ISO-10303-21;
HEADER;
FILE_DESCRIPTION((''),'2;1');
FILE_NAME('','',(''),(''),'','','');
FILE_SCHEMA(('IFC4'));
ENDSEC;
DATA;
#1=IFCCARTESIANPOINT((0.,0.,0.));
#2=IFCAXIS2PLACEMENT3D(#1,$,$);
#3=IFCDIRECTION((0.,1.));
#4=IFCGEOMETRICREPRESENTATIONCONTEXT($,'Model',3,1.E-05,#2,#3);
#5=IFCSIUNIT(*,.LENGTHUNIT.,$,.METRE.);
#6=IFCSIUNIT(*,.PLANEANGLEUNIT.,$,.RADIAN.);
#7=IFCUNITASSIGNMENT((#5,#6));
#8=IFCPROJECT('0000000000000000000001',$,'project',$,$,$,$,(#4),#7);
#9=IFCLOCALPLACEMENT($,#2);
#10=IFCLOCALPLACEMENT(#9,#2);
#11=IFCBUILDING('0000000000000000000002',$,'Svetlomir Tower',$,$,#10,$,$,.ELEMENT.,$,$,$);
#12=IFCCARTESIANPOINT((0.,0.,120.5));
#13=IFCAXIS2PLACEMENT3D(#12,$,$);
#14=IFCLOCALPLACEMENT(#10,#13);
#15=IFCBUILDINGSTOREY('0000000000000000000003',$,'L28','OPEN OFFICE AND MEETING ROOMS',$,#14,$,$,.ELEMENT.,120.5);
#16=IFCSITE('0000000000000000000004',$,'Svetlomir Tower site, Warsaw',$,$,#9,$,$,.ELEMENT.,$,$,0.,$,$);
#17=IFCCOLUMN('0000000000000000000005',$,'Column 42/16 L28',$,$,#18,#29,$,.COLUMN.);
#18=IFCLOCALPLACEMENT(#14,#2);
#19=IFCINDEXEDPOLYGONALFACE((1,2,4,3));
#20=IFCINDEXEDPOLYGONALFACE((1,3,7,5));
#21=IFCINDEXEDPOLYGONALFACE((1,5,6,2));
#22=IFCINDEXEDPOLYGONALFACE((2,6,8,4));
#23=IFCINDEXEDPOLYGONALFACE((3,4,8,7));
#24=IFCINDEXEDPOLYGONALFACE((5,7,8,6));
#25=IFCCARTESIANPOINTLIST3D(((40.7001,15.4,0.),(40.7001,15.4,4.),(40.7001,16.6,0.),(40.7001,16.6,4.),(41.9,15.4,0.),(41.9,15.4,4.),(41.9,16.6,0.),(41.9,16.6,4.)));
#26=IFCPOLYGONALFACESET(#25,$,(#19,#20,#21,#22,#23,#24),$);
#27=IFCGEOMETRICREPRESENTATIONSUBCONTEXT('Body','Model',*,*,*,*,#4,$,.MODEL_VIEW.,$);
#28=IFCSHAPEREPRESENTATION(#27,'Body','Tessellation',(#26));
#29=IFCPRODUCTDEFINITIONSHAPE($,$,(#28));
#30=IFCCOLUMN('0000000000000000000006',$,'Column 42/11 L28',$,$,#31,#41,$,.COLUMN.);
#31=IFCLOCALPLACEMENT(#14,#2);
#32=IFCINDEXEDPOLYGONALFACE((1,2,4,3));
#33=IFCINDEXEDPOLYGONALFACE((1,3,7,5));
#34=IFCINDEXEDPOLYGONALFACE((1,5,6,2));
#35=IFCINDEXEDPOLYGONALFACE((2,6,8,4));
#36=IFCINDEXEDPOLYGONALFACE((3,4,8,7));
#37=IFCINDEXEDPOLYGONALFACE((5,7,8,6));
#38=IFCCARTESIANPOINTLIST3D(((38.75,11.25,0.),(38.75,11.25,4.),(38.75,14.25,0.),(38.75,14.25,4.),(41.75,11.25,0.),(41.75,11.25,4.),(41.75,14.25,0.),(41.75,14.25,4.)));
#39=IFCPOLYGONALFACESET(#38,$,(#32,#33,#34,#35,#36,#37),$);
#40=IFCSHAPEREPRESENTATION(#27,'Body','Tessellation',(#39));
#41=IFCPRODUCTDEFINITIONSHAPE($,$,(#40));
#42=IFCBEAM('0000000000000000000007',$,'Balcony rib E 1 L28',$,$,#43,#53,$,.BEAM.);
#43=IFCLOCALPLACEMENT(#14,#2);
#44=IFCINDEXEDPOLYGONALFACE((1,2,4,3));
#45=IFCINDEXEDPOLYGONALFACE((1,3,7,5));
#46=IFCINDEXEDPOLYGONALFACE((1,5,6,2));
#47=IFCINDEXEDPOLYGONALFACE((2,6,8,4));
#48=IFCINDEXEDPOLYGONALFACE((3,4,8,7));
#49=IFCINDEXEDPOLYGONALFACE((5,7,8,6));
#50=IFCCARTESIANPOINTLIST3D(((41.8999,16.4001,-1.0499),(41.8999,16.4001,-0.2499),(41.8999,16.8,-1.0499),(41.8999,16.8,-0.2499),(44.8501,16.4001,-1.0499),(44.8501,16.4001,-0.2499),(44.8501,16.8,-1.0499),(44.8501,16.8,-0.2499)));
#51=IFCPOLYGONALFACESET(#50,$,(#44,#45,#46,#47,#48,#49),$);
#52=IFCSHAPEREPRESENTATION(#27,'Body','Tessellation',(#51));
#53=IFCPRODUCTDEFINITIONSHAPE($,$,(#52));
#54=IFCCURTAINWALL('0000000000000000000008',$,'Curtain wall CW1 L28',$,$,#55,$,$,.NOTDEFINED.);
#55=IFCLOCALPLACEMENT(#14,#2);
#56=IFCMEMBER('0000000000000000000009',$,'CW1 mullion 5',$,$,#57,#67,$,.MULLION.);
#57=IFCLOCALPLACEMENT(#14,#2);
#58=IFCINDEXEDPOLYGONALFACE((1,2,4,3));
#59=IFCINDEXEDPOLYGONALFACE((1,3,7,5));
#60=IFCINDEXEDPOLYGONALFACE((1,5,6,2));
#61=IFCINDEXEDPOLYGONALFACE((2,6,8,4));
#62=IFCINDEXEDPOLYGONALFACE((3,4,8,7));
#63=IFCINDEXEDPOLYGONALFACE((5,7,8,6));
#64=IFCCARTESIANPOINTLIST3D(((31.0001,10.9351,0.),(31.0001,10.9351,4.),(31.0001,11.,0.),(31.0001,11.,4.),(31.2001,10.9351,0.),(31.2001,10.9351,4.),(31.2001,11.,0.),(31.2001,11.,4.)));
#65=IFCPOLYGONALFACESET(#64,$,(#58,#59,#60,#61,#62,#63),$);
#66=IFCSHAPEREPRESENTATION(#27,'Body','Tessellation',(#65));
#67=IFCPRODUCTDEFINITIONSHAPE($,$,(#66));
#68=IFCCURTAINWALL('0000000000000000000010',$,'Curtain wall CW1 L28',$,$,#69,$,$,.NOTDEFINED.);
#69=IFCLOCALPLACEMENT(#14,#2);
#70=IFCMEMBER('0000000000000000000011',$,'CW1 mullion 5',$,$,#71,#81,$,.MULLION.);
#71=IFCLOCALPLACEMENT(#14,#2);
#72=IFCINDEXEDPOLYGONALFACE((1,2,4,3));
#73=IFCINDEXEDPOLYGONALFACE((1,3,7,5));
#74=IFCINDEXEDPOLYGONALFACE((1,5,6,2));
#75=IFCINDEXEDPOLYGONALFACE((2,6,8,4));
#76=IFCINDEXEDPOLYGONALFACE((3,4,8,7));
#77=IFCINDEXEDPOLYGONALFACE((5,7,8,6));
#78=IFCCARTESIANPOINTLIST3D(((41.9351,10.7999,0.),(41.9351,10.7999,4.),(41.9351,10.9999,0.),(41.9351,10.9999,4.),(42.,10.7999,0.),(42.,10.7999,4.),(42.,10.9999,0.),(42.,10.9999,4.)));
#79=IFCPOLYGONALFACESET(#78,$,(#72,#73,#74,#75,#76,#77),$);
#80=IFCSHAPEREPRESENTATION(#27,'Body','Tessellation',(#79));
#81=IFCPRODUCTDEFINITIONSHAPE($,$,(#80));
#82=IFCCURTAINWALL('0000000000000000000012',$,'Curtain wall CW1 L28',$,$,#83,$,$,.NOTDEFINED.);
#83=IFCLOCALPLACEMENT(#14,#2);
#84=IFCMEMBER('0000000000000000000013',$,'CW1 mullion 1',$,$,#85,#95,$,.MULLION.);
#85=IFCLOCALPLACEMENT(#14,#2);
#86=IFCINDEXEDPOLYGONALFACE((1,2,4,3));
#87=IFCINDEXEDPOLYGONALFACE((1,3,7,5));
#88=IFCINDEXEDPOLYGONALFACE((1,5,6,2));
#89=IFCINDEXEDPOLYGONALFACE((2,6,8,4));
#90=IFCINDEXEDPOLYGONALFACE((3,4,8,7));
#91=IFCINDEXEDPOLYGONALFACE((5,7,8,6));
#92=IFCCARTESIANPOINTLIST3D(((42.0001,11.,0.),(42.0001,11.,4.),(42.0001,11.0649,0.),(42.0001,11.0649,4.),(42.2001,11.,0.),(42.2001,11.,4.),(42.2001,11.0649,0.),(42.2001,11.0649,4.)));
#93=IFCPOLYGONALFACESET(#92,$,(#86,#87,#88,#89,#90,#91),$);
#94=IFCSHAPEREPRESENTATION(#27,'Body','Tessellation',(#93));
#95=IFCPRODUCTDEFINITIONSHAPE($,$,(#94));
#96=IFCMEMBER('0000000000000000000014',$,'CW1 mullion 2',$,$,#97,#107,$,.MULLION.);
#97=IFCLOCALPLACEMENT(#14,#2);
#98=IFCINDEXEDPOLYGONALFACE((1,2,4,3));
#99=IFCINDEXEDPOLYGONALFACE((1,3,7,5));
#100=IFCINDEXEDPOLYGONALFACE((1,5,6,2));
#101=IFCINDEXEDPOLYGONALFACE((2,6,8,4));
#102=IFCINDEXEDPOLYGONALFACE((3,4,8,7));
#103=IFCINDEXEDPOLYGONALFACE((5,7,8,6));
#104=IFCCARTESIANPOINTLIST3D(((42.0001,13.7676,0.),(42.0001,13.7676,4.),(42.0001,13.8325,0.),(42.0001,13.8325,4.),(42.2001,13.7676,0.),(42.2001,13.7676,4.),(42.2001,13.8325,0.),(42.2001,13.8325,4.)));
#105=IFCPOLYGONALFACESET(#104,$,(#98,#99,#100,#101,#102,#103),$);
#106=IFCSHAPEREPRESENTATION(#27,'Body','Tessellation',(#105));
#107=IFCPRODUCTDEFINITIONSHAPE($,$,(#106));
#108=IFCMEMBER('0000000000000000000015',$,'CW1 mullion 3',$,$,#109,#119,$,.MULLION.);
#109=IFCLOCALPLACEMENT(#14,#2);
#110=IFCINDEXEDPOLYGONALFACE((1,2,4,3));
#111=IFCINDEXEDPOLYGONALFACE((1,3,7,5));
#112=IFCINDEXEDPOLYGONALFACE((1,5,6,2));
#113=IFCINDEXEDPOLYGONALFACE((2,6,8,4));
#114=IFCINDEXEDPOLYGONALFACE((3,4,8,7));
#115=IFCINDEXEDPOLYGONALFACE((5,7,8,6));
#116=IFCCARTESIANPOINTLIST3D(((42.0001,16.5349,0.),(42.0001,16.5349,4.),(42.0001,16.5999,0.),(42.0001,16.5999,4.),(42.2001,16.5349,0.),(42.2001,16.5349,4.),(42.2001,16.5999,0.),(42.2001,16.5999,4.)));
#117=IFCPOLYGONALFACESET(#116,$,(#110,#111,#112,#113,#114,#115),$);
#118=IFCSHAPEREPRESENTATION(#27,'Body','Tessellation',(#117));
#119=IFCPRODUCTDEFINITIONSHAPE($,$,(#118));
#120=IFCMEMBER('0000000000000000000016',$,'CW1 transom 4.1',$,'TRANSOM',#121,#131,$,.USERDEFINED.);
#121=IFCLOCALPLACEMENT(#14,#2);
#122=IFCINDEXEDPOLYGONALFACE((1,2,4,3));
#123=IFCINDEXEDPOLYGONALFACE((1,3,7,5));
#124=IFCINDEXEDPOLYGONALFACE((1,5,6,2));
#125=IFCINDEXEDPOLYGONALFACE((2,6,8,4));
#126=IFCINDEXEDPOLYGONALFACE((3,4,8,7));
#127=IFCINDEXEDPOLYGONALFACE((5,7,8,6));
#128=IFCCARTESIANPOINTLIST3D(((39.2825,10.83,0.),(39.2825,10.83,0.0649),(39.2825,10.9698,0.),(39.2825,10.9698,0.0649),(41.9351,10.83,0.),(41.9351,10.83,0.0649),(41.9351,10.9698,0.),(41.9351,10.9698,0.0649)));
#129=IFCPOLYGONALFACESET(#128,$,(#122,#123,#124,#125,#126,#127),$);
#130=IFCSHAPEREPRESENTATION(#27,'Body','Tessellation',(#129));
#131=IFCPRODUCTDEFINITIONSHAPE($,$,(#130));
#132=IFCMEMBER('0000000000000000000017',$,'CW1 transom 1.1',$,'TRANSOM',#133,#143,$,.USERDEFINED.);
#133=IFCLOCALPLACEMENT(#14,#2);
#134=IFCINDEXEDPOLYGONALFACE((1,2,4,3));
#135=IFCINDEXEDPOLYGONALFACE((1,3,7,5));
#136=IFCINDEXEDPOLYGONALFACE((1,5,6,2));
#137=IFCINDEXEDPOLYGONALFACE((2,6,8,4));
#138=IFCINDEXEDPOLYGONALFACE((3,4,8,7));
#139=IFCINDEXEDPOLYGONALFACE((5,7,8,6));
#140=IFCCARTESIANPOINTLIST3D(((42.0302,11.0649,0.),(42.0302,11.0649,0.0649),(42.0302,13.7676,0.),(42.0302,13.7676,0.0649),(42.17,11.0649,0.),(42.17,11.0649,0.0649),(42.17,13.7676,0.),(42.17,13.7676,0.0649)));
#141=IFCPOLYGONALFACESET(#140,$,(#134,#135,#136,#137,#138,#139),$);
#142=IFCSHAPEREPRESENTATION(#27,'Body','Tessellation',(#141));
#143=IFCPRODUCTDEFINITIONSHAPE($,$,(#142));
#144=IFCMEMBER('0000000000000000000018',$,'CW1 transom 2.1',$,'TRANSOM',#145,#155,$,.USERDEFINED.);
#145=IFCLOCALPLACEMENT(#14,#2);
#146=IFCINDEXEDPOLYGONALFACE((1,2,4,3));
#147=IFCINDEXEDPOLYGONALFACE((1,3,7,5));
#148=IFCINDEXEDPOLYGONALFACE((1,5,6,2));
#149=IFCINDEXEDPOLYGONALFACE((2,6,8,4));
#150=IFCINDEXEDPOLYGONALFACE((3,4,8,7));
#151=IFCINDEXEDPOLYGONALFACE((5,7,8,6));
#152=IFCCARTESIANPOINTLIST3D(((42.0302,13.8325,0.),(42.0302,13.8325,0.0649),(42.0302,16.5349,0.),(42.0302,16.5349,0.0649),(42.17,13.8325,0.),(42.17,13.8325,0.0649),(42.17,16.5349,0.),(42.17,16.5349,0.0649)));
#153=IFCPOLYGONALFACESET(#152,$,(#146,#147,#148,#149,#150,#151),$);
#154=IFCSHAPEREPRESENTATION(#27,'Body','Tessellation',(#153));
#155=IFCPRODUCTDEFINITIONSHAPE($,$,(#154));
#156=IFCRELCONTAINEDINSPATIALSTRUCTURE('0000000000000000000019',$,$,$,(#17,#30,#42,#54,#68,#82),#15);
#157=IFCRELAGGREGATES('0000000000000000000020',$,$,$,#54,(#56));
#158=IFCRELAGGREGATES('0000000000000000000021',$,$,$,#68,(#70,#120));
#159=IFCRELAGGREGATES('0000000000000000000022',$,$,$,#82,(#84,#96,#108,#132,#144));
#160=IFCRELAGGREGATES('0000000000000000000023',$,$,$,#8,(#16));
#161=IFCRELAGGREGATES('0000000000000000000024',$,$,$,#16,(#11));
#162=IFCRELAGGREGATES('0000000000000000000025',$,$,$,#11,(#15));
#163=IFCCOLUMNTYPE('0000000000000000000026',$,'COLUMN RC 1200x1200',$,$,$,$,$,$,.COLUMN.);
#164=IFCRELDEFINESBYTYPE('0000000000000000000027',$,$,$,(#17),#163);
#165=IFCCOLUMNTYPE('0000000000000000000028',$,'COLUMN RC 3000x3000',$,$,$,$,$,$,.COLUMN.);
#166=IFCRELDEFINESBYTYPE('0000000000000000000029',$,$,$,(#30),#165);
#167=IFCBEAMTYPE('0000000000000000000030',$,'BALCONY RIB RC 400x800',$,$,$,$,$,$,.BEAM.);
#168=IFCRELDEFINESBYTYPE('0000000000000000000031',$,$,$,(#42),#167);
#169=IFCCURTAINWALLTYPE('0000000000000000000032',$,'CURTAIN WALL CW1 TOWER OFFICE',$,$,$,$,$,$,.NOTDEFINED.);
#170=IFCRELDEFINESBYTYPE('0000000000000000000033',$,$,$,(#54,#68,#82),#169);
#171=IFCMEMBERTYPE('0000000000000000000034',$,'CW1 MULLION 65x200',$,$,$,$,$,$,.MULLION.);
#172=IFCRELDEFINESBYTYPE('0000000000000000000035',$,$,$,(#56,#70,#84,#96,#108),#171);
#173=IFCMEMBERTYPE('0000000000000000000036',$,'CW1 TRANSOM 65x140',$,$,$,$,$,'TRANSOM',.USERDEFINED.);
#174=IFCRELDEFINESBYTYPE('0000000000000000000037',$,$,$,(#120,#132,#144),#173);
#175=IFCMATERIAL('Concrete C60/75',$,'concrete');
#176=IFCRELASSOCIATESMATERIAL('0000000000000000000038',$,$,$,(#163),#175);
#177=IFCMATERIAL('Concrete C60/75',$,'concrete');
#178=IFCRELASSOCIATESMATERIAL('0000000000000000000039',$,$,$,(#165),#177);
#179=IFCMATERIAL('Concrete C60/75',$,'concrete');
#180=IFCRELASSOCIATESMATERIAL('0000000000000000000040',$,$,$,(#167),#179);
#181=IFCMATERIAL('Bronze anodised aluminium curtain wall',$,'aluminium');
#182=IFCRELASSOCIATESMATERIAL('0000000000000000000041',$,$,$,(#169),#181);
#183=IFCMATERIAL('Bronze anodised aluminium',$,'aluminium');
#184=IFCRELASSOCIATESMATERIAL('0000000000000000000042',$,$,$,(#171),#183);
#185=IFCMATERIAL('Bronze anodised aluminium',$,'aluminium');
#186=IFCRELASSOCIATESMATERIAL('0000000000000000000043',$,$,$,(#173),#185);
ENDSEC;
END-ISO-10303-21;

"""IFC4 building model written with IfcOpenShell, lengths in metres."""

from ifc_helpers import new_model, si_unit, direction, frame, origin, origin_2d, place, context, subcontext, project, spatial, rectangle, extrude, material, material_profile, profile_set, type_object, element, aggregate, save


model = new_model("IFC4")

# Units and contexts
model_context = context("Model", 3, precision=1e-05, world=origin(), true_north=direction((0.0, 1.0)))
body_context = subcontext(model_context, "Body", "Model", "MODEL_VIEW")
ifc_project = project(units=[si_unit("LENGTHUNIT", "METRE"), si_unit("PLANEANGLEUNIT", "RADIAN")], contexts=[model_context])

# Site, building, storey
site_placement = place(None, origin())
site = spatial("IfcSite", under=ifc_project, at=site_placement, Name="Svetlomir Tower site, Warsaw", CompositionType="ELEMENT", RefElevation=0.0)
building_placement = place(site_placement, origin())
building = spatial("IfcBuilding", under=site, at=building_placement, Name="Svetlomir Tower", CompositionType="ELEMENT")
storey_placement = place(building_placement, frame((0.0, 0.0, 120.5)))
storey = spatial("IfcBuildingStorey", under=building, at=storey_placement, Name="L28", Description="OPEN OFFICE AND MEETING ROOMS", CompositionType="ELEMENT", Elevation=120.5)

# Columns
ifc_material_1 = material(Name="Concrete C60/75", Category="concrete")
ifc_material_profile_1 = material_profile(ifc_material_1, rectangle(XDim=1.2, YDim=1.2, at=origin_2d()), Name="RC 1200x1200")
ifc_profile_set_1 = profile_set([ifc_material_profile_1], Name="Concrete C60/75")
column_type_1 = type_object("IfcColumnType", Name="COLUMN RC 1200x1200", PredefinedType="COLUMN", material=ifc_profile_set_1)
column_1_placement = place(storey_placement, frame((41.3, 16.0, 0.0), z_axis=(0.0, 0.0, 1.0), x_axis=(1.0, 0.0, 0.0)))
element("IfcColumn", 1, at=column_1_placement, inside=storey, type_object=column_type_1, Name="Column 42/16 L28", PredefinedType="COLUMN", context=body_context, shape_type="SweptSolid", body=[
    extrude(rectangle(XDim=1.2, YDim=1.2, at=origin_2d()), origin(), (0.0, 0.0, 1.0), 4.0),
])
ifc_material_2 = material(Name="Concrete C60/75", Category="concrete")
ifc_material_profile_2 = material_profile(ifc_material_2, rectangle(XDim=3.0, YDim=3.0, at=origin_2d()), Name="RC 3000x3000")
ifc_profile_set_2 = profile_set([ifc_material_profile_2], Name="Concrete C60/75")
column_type_2 = type_object("IfcColumnType", Name="COLUMN RC 3000x3000", PredefinedType="COLUMN", material=ifc_profile_set_2)
column_2_placement = place(storey_placement, frame((40.25, 12.75, 0.0), z_axis=(0.0, 0.0, 1.0), x_axis=(1.0, 0.0, 0.0)))
element("IfcColumn", 2, at=column_2_placement, inside=storey, type_object=column_type_2, Name="Column 42/11 L28", PredefinedType="COLUMN", context=body_context, shape_type="SweptSolid", body=[
    extrude(rectangle(XDim=3.0, YDim=3.0, at=origin_2d()), origin(), (0.0, 0.0, 1.0), 4.0),
])

# Beam
ifc_material_3 = material(Name="Concrete C60/75", Category="concrete")
ifc_material_profile_3 = material_profile(ifc_material_3, rectangle(XDim=0.3999, YDim=0.8, at=origin_2d()), Name="RC 400x800")
ifc_profile_set_3 = profile_set([ifc_material_profile_3], Name="Concrete C60/75")
beam_type_1 = type_object("IfcBeamType", Name="BALCONY RIB RC 400x800", PredefinedType="BEAM", material=ifc_profile_set_3)
beam_1_placement = place(storey_placement, frame((41.8999, 16.6001, -0.6499), z_axis=(1.0, 0.0, 0.0), x_axis=(0.0, 1.0, 0.0)))
element("IfcBeam", 3, at=beam_1_placement, inside=storey, type_object=beam_type_1, Name="Balcony rib E 1 L28", PredefinedType="BEAM", context=body_context, shape_type="SweptSolid", body=[
    extrude(rectangle(XDim=0.3999, YDim=0.8, at=origin_2d()), origin(), (0.0, 0.0, 1.0), 2.9502),
])

# Curtain walls, members
ifc_material_4 = material(Name="Bronze anodised aluminium curtain wall", Category="aluminium")
curtain_wall_type = type_object("IfcCurtainWallType", Name="CURTAIN WALL CW1 TOWER OFFICE", PredefinedType="NOTDEFINED", material=ifc_material_4)
curtain_wall_1_placement = place(storey_placement, origin())
curtain_wall_1 = element("IfcCurtainWall", 4, at=curtain_wall_1_placement, inside=storey, type_object=curtain_wall_type, Name="Curtain wall CW1 L28", PredefinedType="NOTDEFINED")
ifc_material_5 = material(Name="Bronze anodised aluminium", Category="aluminium")
ifc_material_profile_4 = material_profile(ifc_material_5, rectangle(XDim=0.0649, YDim=0.2, at=origin_2d()), Name="AL 65x200")
ifc_profile_set_4 = profile_set([ifc_material_profile_4], Name="Bronze anodised aluminium 6063-T6")
member_type_1 = type_object("IfcMemberType", Name="CW1 MULLION 65x200", PredefinedType="MULLION", material=ifc_profile_set_4)
member_1_placement = place(storey_placement, frame((31.1001, 10.9675, 0.0), z_axis=(0.0, 0.0, 1.0), x_axis=(0.0, 1.0, 0.0)))
member_1 = element("IfcMember", 5, at=member_1_placement, type_object=member_type_1, Name="CW1 mullion 5", PredefinedType="MULLION", context=body_context, shape_type="SweptSolid", body=[
    extrude(rectangle(XDim=0.0649, YDim=0.2, at=origin_2d()), origin(), (0.0, 0.0, 1.0), 4.0),
])
aggregate(curtain_wall_1, [member_1])
curtain_wall_2_placement = place(storey_placement, origin())
curtain_wall_2 = element("IfcCurtainWall", 6, at=curtain_wall_2_placement, inside=storey, type_object=curtain_wall_type, Name="Curtain wall CW1 L28", PredefinedType="NOTDEFINED")
member_2_placement = place(storey_placement, frame((41.9675, 10.8999, 0.0), z_axis=(0.0, 0.0, 1.0), x_axis=(1.0, 0.0, 0.0)))
member_2 = element("IfcMember", 7, at=member_2_placement, type_object=member_type_1, Name="CW1 mullion 5", PredefinedType="MULLION", context=body_context, shape_type="SweptSolid", body=[
    extrude(rectangle(XDim=0.0649, YDim=0.2, at=origin_2d()), origin(), (0.0, 0.0, 1.0), 4.0),
])

# Curtain wall, members
curtain_wall_3_placement = place(storey_placement, origin())
curtain_wall_3 = element("IfcCurtainWall", 8, at=curtain_wall_3_placement, inside=storey, type_object=curtain_wall_type, Name="Curtain wall CW1 L28", PredefinedType="NOTDEFINED")
member_3_placement = place(storey_placement, frame((42.1001, 11.0325, 0.0), z_axis=(0.0, 0.0, 1.0), x_axis=(0.0, 1.0, 0.0)))
member_3 = element("IfcMember", 9, at=member_3_placement, type_object=member_type_1, Name="CW1 mullion 1", PredefinedType="MULLION", context=body_context, shape_type="SweptSolid", body=[
    extrude(rectangle(XDim=0.0649, YDim=0.2, at=origin_2d()), origin(), (0.0, 0.0, 1.0), 4.0),
])
member_4_placement = place(storey_placement, frame((42.1001, 13.8, 0.0), z_axis=(0.0, 0.0, 1.0), x_axis=(0.0, 1.0, 0.0)))
member_4 = element("IfcMember", 10, at=member_4_placement, type_object=member_type_1, Name="CW1 mullion 2", PredefinedType="MULLION", context=body_context, shape_type="SweptSolid", body=[
    extrude(rectangle(XDim=0.0649, YDim=0.2, at=origin_2d()), origin(), (0.0, 0.0, 1.0), 4.0),
])
member_5_placement = place(storey_placement, frame((42.1001, 16.5674, 0.0), z_axis=(0.0, 0.0, 1.0), x_axis=(0.0, 1.0, 0.0)))
member_5 = element("IfcMember", 11, at=member_5_placement, type_object=member_type_1, Name="CW1 mullion 3", PredefinedType="MULLION", context=body_context, shape_type="SweptSolid", body=[
    extrude(rectangle(XDim=0.0649, YDim=0.2, at=origin_2d()), origin(), (0.0, 0.0, 1.0), 4.0),
])

# Members
ifc_material_6 = material(Name="Bronze anodised aluminium", Category="aluminium")
ifc_material_profile_5 = material_profile(ifc_material_6, rectangle(XDim=0.1399, YDim=0.0649, at=origin_2d()), Name="AL 140x65")
ifc_profile_set_5 = profile_set([ifc_material_profile_5], Name="Bronze anodised aluminium 6063-T6")
member_type_2 = type_object("IfcMemberType", Name="CW1 TRANSOM 65x140", ElementType="TRANSOM", PredefinedType="USERDEFINED", material=ifc_profile_set_5)
member_6_placement = place(storey_placement, frame((39.2825, 10.8999, 0.0325), z_axis=(1.0, 0.0, 0.0), x_axis=(0.0, 1.0, 0.0)))
member_6 = element("IfcMember", 12, at=member_6_placement, type_object=member_type_2, Name="CW1 transom 4.1", ObjectType="TRANSOM", PredefinedType="USERDEFINED", context=body_context, shape_type="SweptSolid", body=[
    extrude(rectangle(XDim=0.1399, YDim=0.0649, at=origin_2d()), origin(), (0.0, 0.0, 1.0), 2.6526),
])
member_7_placement = place(storey_placement, frame((42.1001, 11.0649, 0.0325), z_axis=(0.0, 1.0, 0.0), x_axis=(-1.0, 0.0, 0.0)))
member_7 = element("IfcMember", 13, at=member_7_placement, type_object=member_type_2, Name="CW1 transom 1.1", ObjectType="TRANSOM", PredefinedType="USERDEFINED", context=body_context, shape_type="SweptSolid", body=[
    extrude(rectangle(XDim=0.1399, YDim=0.0649, at=origin_2d()), origin(), (0.0, 0.0, 1.0), 2.7026),
])
member_8_placement = place(storey_placement, frame((42.1001, 13.8325, 0.0325), z_axis=(0.0, 1.0, 0.0), x_axis=(-1.0, 0.0, 0.0)))
member_8 = element("IfcMember", 14, at=member_8_placement, type_object=member_type_2, Name="CW1 transom 2.1", ObjectType="TRANSOM", PredefinedType="USERDEFINED", context=body_context, shape_type="SweptSolid", body=[
    extrude(rectangle(XDim=0.1399, YDim=0.0649, at=origin_2d()), origin(), (0.0, 0.0, 1.0), 2.7024),
])

aggregate(curtain_wall_2, [member_2, member_6])
aggregate(curtain_wall_3, [member_3, member_4, member_5, member_7, member_8])

save(model, "model.ifc")
